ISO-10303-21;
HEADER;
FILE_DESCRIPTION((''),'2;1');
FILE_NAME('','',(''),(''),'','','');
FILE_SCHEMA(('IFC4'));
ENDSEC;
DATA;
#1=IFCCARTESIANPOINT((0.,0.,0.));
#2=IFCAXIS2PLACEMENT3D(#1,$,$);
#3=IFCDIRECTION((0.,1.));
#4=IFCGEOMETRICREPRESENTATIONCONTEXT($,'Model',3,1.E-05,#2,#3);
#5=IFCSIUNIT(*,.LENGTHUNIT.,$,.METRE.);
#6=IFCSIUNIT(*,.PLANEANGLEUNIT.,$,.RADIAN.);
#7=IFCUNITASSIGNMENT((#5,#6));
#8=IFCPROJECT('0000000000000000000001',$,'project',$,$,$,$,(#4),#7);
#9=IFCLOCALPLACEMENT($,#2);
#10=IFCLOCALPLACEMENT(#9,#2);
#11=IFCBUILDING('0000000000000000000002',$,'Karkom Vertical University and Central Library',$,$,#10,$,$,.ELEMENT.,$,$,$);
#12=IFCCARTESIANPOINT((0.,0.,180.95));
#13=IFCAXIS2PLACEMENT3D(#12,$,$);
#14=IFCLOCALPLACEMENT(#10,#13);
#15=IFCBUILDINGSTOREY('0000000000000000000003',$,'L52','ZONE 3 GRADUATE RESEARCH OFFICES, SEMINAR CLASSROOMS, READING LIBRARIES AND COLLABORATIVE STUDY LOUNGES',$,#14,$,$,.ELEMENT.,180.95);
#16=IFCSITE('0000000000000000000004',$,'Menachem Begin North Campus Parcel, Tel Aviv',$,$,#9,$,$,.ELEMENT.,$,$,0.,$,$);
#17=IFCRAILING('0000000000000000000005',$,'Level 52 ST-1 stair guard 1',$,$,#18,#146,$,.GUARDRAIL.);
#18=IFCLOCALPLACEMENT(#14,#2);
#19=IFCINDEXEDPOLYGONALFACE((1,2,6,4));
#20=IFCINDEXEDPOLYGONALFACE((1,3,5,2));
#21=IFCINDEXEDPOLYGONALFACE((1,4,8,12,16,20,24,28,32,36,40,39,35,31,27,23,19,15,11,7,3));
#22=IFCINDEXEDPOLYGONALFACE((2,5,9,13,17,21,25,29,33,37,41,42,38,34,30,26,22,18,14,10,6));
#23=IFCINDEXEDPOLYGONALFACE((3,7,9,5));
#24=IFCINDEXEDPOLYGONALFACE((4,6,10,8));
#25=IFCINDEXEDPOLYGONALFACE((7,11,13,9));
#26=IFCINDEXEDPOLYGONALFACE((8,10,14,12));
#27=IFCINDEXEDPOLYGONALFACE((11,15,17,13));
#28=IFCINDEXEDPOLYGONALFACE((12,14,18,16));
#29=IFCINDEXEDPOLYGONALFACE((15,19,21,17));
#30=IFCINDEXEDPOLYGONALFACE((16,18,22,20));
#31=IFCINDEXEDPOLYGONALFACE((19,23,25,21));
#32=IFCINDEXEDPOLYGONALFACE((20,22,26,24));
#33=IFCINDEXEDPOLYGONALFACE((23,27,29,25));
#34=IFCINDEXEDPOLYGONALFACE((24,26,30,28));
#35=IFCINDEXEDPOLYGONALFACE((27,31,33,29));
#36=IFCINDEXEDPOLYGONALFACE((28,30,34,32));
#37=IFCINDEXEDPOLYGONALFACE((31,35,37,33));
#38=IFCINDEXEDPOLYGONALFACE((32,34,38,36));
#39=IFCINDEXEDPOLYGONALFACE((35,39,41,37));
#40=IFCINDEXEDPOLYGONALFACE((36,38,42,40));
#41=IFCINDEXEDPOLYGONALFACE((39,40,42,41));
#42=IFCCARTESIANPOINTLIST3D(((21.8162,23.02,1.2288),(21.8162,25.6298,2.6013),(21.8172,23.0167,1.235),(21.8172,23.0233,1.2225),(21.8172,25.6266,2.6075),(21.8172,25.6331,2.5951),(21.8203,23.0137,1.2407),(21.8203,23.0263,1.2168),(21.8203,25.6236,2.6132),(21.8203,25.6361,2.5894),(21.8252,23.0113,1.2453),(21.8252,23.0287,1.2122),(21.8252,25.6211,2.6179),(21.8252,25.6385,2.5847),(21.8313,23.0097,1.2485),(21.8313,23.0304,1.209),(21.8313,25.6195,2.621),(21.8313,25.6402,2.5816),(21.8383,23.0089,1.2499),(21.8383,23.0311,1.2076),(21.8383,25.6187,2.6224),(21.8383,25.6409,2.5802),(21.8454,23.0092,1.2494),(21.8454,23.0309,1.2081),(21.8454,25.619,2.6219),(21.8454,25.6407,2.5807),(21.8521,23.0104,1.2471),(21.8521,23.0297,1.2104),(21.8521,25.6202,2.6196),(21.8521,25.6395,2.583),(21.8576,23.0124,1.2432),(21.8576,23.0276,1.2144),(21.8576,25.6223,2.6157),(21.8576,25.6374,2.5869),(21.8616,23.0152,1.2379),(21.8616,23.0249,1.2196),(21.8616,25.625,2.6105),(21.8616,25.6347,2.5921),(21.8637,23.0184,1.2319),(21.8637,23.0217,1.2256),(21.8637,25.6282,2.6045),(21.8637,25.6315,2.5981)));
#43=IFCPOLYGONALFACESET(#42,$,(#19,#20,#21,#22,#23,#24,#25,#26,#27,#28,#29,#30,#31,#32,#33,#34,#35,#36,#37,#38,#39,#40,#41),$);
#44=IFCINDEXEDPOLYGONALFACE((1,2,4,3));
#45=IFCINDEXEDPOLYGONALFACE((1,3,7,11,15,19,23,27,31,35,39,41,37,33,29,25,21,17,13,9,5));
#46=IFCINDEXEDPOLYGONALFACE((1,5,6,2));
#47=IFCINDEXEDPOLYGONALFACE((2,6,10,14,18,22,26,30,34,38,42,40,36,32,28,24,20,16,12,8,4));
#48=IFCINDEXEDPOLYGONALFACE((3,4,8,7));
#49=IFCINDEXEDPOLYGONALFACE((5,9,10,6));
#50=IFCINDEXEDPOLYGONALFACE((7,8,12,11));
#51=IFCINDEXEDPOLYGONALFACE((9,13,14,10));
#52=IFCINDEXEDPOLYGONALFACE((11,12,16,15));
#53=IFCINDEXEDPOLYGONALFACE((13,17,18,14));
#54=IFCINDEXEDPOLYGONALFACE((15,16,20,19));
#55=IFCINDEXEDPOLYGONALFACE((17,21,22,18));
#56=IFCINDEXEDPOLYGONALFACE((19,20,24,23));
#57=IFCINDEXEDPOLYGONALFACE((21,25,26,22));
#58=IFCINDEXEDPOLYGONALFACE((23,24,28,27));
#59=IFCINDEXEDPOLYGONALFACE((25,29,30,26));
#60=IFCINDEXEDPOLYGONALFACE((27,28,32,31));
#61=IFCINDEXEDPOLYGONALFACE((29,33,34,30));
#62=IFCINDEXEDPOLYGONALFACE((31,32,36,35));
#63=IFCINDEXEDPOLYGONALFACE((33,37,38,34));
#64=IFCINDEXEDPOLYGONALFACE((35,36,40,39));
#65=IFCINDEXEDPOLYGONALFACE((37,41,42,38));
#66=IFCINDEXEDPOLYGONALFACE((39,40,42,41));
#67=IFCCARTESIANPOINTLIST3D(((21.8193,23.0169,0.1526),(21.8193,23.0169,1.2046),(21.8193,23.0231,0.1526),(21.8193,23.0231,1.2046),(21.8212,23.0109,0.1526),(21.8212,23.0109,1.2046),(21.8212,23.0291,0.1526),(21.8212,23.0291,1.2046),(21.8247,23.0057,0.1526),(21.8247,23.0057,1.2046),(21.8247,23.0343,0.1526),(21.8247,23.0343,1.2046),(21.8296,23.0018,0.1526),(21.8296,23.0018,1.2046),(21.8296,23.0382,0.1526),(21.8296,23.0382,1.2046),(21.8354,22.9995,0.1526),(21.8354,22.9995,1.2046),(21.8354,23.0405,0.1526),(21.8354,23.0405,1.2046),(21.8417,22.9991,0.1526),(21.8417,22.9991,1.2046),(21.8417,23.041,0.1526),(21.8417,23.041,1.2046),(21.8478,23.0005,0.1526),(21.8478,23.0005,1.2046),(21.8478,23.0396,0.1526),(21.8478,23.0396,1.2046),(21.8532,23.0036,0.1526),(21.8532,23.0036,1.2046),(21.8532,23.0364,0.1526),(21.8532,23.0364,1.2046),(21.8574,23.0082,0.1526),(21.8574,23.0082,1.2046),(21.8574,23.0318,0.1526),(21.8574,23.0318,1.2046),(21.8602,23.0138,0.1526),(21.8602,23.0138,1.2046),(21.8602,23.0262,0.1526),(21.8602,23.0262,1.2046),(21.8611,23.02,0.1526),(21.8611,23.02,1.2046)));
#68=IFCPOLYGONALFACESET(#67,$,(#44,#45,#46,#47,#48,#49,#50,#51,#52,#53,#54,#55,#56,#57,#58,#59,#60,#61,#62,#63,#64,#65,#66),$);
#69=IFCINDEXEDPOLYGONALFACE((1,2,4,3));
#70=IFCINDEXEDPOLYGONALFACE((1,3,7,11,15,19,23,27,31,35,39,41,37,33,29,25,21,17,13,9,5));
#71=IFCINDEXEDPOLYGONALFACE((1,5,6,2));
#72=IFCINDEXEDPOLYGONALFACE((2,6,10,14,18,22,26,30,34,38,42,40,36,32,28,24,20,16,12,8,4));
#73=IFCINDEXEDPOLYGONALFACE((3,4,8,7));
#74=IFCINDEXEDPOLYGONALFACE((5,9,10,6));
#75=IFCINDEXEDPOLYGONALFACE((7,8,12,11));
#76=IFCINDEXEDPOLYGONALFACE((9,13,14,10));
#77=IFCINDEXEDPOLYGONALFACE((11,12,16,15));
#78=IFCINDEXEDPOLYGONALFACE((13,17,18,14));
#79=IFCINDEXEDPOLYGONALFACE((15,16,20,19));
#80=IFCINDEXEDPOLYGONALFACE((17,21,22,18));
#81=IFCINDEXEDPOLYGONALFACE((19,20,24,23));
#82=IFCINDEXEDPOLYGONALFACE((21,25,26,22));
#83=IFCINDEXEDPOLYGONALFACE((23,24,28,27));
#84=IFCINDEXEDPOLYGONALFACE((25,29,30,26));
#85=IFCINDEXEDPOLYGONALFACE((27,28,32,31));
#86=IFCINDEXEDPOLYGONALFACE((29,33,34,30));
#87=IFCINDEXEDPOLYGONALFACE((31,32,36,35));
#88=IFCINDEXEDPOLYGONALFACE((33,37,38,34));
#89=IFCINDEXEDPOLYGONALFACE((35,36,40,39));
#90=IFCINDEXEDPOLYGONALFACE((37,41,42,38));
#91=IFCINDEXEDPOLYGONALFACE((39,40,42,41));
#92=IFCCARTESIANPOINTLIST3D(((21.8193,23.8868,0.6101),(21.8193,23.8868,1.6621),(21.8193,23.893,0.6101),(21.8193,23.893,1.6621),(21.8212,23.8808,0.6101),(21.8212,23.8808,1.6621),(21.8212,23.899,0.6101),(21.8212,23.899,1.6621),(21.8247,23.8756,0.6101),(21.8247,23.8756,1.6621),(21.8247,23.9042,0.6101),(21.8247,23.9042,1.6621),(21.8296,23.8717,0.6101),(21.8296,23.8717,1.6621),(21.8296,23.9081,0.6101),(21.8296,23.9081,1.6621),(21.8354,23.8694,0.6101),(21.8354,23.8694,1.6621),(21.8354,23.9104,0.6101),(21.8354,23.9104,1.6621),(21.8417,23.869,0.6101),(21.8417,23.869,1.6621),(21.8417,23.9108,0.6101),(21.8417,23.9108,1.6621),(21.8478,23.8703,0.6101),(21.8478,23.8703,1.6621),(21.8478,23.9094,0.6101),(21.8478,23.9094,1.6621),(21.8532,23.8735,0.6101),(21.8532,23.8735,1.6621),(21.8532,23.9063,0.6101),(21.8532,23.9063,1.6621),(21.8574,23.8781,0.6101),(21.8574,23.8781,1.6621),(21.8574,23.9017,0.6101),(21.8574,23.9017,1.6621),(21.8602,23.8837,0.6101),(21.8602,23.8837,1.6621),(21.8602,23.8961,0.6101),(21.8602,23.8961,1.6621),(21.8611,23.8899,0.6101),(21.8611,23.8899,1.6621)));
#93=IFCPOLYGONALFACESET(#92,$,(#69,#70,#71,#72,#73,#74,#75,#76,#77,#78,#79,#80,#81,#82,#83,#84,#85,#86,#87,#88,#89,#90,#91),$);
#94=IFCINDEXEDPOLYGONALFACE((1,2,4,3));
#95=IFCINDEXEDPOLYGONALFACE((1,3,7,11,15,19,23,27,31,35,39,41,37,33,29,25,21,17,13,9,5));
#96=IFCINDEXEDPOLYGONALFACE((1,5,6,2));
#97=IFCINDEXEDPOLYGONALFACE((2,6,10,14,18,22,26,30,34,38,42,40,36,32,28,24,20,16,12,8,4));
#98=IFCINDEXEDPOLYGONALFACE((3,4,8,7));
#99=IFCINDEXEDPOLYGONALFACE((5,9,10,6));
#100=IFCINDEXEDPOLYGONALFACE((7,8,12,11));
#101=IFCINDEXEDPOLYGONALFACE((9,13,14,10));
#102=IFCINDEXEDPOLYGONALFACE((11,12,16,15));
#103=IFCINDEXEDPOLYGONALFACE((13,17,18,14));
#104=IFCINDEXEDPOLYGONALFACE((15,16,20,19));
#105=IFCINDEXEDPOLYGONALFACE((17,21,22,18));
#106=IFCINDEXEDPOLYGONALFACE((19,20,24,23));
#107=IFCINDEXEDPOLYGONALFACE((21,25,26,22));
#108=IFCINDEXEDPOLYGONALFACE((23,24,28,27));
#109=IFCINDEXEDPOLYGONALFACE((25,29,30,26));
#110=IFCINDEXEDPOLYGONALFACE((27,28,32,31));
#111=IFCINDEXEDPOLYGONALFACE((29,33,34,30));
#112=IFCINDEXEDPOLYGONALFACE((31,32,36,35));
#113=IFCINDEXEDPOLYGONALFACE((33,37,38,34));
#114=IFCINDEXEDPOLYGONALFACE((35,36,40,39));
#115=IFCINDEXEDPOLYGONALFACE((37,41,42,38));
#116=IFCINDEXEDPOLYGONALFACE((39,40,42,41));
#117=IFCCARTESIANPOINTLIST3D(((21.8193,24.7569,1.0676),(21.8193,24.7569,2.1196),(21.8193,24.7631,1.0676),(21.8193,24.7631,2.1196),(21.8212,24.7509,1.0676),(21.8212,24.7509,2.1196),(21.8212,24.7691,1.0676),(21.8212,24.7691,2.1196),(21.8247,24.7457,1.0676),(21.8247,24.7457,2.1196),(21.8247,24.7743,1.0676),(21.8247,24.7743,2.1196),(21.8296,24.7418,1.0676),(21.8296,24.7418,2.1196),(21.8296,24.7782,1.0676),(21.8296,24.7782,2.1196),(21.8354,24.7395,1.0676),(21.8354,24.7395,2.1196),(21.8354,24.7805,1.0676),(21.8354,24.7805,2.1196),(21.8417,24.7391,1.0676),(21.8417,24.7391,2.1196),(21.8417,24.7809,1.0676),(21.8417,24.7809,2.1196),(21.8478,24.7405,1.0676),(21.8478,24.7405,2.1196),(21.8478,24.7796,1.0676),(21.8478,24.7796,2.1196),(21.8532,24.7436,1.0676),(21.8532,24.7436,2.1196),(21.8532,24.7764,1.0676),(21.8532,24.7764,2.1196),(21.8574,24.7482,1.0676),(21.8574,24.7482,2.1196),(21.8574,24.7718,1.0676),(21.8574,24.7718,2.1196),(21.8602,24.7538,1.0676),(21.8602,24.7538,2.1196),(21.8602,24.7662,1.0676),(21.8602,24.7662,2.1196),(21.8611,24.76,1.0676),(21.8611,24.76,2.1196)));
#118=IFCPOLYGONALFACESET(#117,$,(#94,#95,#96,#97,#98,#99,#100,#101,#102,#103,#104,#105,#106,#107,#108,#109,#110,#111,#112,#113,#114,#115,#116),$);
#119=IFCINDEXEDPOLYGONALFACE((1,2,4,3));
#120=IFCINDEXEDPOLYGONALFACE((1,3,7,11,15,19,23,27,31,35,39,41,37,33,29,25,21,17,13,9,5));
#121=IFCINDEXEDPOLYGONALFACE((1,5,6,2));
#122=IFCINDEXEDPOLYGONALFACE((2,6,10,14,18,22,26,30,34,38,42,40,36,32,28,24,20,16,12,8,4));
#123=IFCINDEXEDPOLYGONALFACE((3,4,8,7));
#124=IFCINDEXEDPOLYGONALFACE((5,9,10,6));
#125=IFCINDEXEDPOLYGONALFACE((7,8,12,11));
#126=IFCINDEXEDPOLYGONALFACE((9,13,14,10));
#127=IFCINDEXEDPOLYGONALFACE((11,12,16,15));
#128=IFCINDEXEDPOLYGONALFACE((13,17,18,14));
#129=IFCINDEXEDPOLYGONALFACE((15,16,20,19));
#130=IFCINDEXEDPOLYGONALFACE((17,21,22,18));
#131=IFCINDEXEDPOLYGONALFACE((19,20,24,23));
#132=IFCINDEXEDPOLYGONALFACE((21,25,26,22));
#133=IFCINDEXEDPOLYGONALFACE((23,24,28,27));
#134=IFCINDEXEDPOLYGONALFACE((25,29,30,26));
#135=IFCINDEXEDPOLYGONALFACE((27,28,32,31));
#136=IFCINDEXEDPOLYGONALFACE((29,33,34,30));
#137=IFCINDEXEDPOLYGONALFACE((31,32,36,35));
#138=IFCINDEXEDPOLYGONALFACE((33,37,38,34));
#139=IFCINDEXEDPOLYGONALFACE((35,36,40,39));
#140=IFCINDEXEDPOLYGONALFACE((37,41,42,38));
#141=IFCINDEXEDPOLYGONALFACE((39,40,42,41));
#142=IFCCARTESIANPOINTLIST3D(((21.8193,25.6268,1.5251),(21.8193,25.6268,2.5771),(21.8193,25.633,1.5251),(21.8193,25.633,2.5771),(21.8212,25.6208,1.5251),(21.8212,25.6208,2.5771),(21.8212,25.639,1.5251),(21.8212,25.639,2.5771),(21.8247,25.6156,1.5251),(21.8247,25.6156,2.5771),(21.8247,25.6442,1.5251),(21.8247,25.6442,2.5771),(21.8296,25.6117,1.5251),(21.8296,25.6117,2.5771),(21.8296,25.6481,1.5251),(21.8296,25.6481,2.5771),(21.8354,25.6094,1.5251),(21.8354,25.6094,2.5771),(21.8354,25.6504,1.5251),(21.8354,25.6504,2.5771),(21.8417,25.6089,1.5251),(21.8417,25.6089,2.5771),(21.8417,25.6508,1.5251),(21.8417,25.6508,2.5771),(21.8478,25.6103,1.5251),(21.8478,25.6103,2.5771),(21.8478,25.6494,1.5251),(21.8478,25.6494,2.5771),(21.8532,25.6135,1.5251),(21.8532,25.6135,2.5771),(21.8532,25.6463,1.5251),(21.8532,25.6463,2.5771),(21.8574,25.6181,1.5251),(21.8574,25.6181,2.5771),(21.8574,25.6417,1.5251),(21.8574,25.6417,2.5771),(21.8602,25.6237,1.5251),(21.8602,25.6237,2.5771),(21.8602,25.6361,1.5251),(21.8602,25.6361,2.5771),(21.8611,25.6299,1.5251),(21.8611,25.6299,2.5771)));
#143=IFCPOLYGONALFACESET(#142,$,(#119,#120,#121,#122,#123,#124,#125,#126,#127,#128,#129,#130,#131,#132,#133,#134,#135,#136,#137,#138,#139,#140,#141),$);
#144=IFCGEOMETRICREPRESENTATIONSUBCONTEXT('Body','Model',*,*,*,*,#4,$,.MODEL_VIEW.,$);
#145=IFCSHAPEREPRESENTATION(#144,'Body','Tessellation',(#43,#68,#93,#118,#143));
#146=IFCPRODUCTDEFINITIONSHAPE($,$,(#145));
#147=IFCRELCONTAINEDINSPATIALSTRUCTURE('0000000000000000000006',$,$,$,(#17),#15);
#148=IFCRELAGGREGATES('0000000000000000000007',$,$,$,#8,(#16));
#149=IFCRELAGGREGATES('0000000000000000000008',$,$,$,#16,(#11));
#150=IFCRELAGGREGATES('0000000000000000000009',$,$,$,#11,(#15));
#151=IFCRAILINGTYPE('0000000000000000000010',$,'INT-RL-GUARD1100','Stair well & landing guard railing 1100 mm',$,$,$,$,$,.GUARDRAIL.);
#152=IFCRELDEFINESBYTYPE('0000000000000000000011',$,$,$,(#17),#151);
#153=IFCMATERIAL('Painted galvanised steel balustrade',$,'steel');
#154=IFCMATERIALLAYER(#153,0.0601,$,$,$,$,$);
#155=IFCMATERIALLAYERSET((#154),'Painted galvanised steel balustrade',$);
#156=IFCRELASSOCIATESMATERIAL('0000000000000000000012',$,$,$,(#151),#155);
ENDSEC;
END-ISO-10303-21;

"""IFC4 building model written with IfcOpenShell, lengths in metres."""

from ifc_helpers import new_model, si_unit, direction, frame, origin, origin_2d, place, context, subcontext, project, spatial, circle, extrude, material, layer, layer_set, type_object, element, save


model = new_model("IFC4")

# Units and contexts
model_context = context("Model", 3, precision=1e-05, world=origin(), true_north=direction((0.0, 1.0)))
body_context = subcontext(model_context, "Body", "Model", "MODEL_VIEW")
ifc_project = project(units=[si_unit("LENGTHUNIT", "METRE"), si_unit("PLANEANGLEUNIT", "RADIAN")], contexts=[model_context])

# Site, building, storey
site_placement = place(None, origin())
site = spatial("IfcSite", under=ifc_project, at=site_placement, Name="Menachem Begin North Campus Parcel, Tel Aviv", CompositionType="ELEMENT", RefElevation=0.0)
building_placement = place(site_placement, origin())
building = spatial("IfcBuilding", under=site, at=building_placement, Name="Karkom Vertical University and Central Library", CompositionType="ELEMENT")
storey_placement = place(building_placement, frame((0.0, 0.0, 180.95)))
storey = spatial("IfcBuildingStorey", under=building, at=storey_placement, Name="L52", Description="ZONE 3 GRADUATE RESEARCH OFFICES, SEMINAR CLASSROOMS, READING LIBRARIES AND COLLABORATIVE STUDY LOUNGES", CompositionType="ELEMENT", Elevation=180.95)

# Railing
ifc_material_1 = material(Name="Painted galvanised steel balustrade", Category="steel")
ifc_layer_1 = layer(ifc_material_1, 0.0601)
ifc_layer_set_1 = layer_set([ifc_layer_1], Name="Painted galvanised steel balustrade")
railing_type_1 = type_object("IfcRailingType", Name="INT-RL-GUARD1100", Description="Stair well & landing guard railing 1100 mm", PredefinedType="GUARDRAIL", material=ifc_layer_set_1)
railing_1_placement = place(storey_placement, frame((21.8401, 23.02, 0.1526)))
element("IfcRailing", 1, at=railing_1_placement, inside=storey, type_object=railing_type_1, Name="Level 52 ST-1 stair guard 1", PredefinedType="GUARDRAIL", context=body_context, shape_type="SweptSolid", body=[
    extrude(circle(Radius=0.0239, at=origin_2d()), frame((0.0, 0.0, 1.0762), z_axis=(0.0, 0.885065, 0.465467), x_axis=(-1.0, 0.0, 0.0)), (0.0, 0.0, 1.0), 2.9487),
    extrude(circle(Radius=0.021, at=origin_2d()), origin(), (0.0, 0.0, 1.0), 1.052),
    extrude(circle(Radius=0.021, at=origin_2d()), frame((0.0, 0.8699, 0.4575)), (0.0, 0.0, 1.0), 1.052),
    extrude(circle(Radius=0.021, at=origin_2d()), frame((0.0, 1.74, 0.915)), (0.0, 0.0, 1.0), 1.052),
    extrude(circle(Radius=0.021, at=origin_2d()), frame((0.0, 2.6099, 1.3726)), (0.0, 0.0, 1.0), 1.052),
])

save(model, "model.ifc")
